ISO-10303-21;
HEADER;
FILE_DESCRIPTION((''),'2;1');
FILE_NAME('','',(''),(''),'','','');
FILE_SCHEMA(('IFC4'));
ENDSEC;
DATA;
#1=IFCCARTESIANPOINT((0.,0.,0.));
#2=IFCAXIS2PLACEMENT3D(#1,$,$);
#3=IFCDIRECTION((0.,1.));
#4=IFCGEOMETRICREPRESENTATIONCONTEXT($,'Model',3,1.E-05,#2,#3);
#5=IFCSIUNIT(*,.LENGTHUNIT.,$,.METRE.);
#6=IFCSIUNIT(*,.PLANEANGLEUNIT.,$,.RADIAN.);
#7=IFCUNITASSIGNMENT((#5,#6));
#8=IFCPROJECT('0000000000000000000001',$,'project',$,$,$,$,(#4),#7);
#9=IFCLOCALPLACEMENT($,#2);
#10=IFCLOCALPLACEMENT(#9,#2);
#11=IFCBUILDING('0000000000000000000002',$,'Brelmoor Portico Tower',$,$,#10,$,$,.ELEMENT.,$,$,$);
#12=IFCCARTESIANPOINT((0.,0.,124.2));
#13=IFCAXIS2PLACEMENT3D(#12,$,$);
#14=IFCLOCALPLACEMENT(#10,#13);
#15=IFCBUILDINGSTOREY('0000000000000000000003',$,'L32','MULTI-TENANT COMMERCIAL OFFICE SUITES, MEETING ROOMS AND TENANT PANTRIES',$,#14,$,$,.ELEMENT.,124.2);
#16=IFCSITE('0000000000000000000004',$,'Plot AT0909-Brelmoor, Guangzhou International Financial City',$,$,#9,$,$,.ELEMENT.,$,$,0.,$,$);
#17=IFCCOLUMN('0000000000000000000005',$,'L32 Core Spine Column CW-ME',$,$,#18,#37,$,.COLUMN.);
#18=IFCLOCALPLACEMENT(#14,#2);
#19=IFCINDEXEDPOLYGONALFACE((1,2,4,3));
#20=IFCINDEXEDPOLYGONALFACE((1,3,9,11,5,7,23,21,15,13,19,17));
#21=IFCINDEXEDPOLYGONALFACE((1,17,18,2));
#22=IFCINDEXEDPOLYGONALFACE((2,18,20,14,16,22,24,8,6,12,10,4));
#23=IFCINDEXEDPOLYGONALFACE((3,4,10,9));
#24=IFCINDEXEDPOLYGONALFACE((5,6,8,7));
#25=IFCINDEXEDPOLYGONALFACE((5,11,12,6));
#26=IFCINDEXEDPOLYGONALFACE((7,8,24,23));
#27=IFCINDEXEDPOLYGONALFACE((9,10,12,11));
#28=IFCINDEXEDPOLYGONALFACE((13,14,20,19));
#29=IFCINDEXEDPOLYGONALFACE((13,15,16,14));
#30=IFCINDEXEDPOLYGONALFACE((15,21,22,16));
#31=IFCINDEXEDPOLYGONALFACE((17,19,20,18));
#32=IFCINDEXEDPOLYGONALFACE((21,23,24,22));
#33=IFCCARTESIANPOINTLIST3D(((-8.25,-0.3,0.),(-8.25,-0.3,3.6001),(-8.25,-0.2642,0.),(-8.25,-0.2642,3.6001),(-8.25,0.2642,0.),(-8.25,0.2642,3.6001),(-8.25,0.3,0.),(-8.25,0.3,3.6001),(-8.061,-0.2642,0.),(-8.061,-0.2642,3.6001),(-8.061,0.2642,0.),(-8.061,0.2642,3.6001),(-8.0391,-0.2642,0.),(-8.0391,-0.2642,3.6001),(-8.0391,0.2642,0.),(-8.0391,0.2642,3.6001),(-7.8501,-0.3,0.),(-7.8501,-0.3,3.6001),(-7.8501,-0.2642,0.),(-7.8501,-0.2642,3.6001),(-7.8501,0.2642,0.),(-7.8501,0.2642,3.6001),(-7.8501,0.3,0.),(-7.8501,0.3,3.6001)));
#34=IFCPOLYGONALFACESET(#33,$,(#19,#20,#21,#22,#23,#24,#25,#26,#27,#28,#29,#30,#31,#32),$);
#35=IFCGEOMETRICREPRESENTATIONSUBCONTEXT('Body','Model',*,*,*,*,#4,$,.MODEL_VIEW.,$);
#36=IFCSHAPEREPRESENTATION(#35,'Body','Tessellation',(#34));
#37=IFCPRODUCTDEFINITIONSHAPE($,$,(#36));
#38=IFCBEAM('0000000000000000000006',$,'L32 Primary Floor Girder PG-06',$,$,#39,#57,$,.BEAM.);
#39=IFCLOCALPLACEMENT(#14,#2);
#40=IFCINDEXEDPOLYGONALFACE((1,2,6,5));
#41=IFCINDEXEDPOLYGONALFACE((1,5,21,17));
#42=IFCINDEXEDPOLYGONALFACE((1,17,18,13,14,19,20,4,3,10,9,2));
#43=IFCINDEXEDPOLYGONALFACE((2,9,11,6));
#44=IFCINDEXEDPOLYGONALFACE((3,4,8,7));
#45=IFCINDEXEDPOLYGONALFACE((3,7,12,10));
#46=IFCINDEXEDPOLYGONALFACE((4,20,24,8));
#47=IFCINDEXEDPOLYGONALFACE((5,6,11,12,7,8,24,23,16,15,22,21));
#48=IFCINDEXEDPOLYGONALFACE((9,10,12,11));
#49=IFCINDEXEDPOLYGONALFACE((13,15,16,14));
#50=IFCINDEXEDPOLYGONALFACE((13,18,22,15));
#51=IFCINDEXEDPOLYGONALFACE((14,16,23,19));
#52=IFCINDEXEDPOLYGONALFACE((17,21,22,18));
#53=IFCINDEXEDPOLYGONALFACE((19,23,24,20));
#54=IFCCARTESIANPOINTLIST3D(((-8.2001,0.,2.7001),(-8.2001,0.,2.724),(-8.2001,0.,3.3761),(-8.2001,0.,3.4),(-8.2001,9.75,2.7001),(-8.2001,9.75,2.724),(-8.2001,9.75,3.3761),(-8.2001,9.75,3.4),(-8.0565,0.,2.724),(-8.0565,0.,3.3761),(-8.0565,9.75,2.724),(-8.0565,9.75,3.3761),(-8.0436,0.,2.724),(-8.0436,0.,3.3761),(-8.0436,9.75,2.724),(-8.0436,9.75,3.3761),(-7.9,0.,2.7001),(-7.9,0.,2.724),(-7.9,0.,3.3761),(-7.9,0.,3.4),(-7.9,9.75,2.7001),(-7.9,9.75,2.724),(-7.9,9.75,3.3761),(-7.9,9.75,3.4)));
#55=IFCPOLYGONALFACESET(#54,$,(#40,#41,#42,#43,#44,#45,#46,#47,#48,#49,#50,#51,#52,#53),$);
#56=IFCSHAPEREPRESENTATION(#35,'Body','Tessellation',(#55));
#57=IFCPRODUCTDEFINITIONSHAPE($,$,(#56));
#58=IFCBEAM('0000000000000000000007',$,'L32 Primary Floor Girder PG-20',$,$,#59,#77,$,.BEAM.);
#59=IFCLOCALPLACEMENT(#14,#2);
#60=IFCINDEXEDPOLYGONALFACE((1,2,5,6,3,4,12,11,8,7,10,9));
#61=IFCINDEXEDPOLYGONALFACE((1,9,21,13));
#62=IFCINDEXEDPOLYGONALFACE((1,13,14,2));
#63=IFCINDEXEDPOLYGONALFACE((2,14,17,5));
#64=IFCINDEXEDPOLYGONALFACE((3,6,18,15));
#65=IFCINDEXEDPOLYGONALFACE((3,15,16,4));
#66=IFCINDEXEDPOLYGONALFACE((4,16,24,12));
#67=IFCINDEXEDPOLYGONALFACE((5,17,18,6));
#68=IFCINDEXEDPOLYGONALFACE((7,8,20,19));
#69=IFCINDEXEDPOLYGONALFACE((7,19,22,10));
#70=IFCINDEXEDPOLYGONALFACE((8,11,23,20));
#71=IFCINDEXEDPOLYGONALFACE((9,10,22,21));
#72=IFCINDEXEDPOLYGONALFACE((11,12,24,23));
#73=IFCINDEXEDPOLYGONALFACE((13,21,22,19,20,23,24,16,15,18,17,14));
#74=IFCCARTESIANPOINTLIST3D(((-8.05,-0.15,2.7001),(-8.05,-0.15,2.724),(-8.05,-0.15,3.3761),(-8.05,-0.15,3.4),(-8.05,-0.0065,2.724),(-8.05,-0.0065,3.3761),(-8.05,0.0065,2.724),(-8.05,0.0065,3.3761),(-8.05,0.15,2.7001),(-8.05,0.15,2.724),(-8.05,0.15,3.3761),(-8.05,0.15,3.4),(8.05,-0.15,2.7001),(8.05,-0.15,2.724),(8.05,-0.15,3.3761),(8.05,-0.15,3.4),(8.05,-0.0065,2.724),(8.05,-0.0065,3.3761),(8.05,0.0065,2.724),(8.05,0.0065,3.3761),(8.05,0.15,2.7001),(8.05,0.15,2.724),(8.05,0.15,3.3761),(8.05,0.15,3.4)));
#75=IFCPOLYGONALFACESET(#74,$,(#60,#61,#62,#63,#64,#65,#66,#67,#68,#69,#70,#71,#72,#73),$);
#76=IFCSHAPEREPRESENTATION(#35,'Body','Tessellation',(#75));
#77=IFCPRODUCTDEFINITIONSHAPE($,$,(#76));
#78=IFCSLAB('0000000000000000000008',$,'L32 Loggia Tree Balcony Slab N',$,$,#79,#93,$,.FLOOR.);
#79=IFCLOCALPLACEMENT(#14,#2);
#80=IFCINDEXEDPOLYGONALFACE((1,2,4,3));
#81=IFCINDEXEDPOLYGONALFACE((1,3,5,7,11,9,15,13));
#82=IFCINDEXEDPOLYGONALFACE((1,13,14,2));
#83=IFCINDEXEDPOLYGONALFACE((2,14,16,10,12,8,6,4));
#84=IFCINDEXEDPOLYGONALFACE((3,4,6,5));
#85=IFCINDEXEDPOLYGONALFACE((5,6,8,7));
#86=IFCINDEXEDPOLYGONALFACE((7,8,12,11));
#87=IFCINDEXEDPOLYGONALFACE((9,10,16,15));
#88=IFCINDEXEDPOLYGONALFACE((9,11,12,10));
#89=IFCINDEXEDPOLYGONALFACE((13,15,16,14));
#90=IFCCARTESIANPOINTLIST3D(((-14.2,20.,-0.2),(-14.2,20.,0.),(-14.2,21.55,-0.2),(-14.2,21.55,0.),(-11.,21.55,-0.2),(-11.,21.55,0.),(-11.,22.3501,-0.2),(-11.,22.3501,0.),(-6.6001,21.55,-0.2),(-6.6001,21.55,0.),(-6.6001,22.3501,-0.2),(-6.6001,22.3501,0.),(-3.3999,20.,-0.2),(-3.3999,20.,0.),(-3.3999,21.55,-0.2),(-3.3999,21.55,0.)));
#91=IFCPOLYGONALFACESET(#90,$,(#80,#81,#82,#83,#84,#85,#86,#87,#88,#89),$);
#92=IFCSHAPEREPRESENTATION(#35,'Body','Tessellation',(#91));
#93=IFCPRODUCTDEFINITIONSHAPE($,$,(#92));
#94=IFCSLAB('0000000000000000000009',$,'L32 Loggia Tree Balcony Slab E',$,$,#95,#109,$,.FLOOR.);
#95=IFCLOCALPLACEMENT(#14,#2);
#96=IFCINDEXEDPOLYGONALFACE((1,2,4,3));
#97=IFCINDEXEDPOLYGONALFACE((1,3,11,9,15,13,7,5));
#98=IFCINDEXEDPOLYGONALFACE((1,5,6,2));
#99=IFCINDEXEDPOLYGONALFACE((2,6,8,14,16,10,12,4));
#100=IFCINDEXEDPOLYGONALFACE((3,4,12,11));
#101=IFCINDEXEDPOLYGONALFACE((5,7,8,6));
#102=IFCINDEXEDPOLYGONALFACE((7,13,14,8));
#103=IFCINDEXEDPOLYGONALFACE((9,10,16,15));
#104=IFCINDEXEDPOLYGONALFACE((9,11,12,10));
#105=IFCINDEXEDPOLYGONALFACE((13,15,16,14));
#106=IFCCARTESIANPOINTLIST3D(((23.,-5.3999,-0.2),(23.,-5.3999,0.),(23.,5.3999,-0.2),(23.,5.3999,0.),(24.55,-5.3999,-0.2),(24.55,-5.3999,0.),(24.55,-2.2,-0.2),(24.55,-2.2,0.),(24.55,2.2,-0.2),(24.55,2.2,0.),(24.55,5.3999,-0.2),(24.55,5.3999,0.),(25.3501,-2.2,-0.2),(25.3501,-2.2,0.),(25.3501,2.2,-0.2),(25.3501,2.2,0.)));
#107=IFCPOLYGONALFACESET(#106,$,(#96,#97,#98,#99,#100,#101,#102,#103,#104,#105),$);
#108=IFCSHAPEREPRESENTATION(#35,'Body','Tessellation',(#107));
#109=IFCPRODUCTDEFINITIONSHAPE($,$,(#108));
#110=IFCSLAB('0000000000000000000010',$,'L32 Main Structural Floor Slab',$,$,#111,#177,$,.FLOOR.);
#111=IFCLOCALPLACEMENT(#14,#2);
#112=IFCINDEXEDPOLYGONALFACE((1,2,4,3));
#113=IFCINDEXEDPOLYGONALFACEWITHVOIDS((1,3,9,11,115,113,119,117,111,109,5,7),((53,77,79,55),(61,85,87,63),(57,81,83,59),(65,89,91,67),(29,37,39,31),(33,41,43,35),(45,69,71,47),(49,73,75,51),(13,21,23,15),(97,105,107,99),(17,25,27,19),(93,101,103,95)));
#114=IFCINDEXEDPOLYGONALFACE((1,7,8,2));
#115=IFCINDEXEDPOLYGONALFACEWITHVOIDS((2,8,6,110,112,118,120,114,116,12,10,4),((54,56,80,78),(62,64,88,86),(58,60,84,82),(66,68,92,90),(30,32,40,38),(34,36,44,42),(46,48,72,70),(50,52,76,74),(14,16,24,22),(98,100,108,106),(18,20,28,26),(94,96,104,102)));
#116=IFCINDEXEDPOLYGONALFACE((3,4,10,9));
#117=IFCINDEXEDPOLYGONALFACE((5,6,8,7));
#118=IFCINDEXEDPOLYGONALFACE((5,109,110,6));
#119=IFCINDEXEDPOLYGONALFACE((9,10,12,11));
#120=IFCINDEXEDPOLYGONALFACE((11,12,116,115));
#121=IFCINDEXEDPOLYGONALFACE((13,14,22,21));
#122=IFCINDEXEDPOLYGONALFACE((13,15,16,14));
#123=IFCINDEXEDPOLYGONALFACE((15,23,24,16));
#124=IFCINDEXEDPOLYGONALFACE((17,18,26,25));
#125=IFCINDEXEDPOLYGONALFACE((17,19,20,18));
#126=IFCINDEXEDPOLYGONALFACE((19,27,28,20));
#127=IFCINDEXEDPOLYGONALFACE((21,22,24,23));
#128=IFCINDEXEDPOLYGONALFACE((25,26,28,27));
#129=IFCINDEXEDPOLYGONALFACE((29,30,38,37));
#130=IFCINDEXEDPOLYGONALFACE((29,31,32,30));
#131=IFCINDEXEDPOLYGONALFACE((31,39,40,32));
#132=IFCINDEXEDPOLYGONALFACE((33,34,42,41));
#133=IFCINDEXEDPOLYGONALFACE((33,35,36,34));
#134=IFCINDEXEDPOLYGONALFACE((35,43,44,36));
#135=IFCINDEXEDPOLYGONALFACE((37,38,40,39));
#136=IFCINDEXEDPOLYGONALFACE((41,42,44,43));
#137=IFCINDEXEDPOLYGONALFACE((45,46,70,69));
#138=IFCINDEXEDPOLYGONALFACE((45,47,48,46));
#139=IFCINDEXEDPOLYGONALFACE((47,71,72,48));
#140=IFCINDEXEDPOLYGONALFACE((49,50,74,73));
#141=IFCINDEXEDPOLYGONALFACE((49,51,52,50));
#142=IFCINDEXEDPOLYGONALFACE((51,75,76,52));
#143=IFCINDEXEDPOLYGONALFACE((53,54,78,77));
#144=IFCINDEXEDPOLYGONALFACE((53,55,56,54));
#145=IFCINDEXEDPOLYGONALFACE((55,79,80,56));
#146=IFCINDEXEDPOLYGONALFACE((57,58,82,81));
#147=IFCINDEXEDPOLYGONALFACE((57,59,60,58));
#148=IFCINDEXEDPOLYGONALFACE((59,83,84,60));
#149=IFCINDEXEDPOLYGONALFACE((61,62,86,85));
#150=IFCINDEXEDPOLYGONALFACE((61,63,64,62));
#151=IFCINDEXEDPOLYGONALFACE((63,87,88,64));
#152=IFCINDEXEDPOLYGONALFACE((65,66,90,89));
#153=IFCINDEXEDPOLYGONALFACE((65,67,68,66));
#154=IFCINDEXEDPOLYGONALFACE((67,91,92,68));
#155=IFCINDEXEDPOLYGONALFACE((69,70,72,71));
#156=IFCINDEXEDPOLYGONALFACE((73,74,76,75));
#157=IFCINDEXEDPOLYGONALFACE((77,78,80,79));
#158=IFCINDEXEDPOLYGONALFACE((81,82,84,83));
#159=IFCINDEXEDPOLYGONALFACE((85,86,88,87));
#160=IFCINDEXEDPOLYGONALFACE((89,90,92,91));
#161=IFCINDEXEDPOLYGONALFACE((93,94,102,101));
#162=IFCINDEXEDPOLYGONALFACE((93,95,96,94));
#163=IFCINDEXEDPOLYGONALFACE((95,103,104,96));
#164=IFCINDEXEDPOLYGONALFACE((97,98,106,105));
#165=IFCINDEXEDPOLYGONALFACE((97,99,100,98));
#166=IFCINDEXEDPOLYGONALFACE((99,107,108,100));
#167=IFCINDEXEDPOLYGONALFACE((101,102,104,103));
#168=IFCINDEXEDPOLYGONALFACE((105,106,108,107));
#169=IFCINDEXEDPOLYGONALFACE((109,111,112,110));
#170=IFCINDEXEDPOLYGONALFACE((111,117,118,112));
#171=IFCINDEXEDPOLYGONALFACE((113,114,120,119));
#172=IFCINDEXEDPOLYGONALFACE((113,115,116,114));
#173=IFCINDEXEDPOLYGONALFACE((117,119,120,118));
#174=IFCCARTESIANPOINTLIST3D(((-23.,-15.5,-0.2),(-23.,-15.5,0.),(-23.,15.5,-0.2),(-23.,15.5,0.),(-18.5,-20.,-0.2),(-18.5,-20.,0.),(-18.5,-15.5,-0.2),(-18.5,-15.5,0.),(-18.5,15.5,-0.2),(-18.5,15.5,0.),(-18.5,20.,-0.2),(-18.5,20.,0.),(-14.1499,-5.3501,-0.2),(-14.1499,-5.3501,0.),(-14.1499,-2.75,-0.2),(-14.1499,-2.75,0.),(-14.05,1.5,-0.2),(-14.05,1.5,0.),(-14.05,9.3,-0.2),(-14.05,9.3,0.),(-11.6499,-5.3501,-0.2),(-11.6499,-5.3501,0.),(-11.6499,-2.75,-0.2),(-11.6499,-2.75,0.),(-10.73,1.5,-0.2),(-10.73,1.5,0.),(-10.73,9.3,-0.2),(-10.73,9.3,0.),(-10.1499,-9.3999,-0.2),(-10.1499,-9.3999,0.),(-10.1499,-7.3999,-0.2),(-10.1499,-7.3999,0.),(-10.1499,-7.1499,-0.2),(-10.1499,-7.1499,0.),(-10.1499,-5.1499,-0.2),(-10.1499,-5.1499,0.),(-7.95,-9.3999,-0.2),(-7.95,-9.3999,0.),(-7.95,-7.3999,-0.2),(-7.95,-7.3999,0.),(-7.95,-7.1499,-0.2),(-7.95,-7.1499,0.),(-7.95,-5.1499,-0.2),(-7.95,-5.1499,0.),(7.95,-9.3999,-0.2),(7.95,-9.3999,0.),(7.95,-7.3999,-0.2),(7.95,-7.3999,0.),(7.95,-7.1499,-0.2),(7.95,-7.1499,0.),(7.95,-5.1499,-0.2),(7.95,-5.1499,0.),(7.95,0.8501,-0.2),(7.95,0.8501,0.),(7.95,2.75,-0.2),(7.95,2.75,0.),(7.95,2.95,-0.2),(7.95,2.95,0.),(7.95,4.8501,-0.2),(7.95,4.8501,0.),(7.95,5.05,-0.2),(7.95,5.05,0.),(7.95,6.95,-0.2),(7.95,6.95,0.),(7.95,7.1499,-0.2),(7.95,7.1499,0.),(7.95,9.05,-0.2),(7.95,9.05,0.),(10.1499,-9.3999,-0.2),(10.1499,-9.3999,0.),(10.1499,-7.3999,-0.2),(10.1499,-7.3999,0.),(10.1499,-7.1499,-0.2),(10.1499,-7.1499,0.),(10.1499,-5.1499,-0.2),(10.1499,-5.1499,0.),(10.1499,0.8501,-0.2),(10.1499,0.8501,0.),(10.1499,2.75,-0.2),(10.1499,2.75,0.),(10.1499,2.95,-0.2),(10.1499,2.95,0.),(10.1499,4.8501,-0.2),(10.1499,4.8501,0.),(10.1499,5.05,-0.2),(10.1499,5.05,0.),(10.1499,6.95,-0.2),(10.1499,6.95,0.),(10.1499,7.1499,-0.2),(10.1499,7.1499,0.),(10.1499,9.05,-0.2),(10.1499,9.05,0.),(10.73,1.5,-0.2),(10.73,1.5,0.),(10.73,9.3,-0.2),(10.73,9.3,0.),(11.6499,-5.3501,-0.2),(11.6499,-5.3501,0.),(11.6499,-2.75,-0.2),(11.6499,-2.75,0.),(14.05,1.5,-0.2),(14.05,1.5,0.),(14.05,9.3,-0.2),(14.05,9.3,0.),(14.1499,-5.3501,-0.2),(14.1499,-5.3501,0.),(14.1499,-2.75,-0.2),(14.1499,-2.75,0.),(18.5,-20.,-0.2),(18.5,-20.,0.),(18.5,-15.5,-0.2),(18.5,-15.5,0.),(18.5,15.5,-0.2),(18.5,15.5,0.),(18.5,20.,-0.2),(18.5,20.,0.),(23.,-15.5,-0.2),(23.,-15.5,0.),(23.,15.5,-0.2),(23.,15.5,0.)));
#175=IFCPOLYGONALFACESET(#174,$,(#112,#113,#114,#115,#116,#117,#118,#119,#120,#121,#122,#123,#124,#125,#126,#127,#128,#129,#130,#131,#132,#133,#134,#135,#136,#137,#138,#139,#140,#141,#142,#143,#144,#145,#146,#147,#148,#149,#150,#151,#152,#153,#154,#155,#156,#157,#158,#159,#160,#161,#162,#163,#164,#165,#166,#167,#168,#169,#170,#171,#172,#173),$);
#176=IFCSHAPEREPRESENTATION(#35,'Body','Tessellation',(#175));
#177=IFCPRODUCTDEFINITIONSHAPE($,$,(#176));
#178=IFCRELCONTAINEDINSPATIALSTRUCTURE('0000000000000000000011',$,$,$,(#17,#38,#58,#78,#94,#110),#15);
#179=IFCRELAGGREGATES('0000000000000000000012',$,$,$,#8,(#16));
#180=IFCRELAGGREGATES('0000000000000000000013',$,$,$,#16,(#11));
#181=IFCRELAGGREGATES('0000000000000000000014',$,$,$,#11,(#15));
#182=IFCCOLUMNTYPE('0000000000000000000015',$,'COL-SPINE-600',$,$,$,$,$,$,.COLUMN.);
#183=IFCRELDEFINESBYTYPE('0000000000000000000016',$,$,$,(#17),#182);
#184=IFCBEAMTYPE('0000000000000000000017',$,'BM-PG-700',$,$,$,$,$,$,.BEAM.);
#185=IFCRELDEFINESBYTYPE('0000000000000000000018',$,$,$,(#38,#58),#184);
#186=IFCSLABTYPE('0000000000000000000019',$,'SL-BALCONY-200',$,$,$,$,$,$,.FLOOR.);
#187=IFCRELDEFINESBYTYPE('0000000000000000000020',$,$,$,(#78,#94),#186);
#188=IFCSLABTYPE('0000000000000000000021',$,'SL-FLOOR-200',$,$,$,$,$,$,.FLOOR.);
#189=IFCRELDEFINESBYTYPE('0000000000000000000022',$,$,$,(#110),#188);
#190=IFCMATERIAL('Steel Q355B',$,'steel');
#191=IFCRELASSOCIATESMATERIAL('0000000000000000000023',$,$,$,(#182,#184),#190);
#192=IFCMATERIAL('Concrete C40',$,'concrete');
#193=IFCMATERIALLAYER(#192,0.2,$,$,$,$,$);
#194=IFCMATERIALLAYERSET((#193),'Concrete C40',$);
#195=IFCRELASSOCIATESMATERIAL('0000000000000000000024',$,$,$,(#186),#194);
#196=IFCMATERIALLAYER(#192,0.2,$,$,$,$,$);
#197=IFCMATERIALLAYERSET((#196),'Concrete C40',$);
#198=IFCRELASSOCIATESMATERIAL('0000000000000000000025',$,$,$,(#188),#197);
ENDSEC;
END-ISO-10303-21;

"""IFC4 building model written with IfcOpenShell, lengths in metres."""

from ifc_helpers import new_model, si_unit, direction, frame, origin, origin_2d, place, context, subcontext, project, spatial, polyline, i_section, outline, extrude, material, layer, layer_set, material_profile, profile_set, type_object, element, save


model = new_model("IFC4")

# Units and contexts
model_context = context("Model", 3, precision=1e-05, world=origin(), true_north=direction((0.0, 1.0)))
body_context = subcontext(model_context, "Body", "Model", "MODEL_VIEW")
ifc_project = project(units=[si_unit("LENGTHUNIT", "METRE"), si_unit("PLANEANGLEUNIT", "RADIAN")], contexts=[model_context])

# Site, building, storey
site_placement = place(None, origin())
site = spatial("IfcSite", under=ifc_project, at=site_placement, Name="Plot AT0909-Brelmoor, Guangzhou International Financial City", CompositionType="ELEMENT", RefElevation=0.0)
building_placement = place(site_placement, origin())
building = spatial("IfcBuilding", under=site, at=building_placement, Name="Brelmoor Portico Tower", CompositionType="ELEMENT")
storey_placement = place(building_placement, frame((0.0, 0.0, 124.2)))
storey = spatial("IfcBuildingStorey", under=building, at=storey_placement, Name="L32", Description="MULTI-TENANT COMMERCIAL OFFICE SUITES, MEETING ROOMS AND TENANT PANTRIES", CompositionType="ELEMENT", Elevation=124.2)

# Column
ifc_material_1 = material(Name="Steel Q355B", Category="steel")
ifc_material_profile_1 = material_profile(ifc_material_1, i_section(OverallWidth=0.3999, OverallDepth=0.6001, WebThickness=0.022, FlangeThickness=0.0359, at=origin_2d()), Name="HW 600x400x22x36")
ifc_profile_set_1 = profile_set([ifc_material_profile_1], Name="Steel Q355B")
column_type = type_object("IfcColumnType", Name="COL-SPINE-600", PredefinedType="COLUMN", material=ifc_profile_set_1)
column_placement = place(storey_placement, frame((-8.05, 0.0, 0.0), z_axis=(0.0, 0.0, 1.0), x_axis=(1.0, 0.0, 0.0)))
element("IfcColumn", 1, at=column_placement, inside=storey, type_object=column_type, Name="L32 Core Spine Column CW-ME", PredefinedType="COLUMN", context=body_context, shape_type="SweptSolid", body=[
    extrude(i_section(OverallWidth=0.3999, OverallDepth=0.6001, WebThickness=0.022, FlangeThickness=0.0359, at=origin_2d()), origin(), (0.0, 0.0, 1.0), 3.6001),
])

# Beams
ifc_material_profile_2 = material_profile(ifc_material_1, i_section(OverallWidth=0.3, OverallDepth=0.7, WebThickness=0.0129, FlangeThickness=0.0239, at=origin_2d()), Name="HN 700x300x13x24")
ifc_profile_set_2 = profile_set([ifc_material_profile_2], Name="Steel Q355B")
beam_type = type_object("IfcBeamType", Name="BM-PG-700", PredefinedType="BEAM", material=ifc_profile_set_2)
beam_1_placement = place(storey_placement, frame((-8.05, 0.0, 3.05), z_axis=(0.0, 1.0, 0.0), x_axis=(-1.0, 0.0, 0.0)))
element("IfcBeam", 2, at=beam_1_placement, inside=storey, type_object=beam_type, Name="L32 Primary Floor Girder PG-06", PredefinedType="BEAM", context=body_context, shape_type="SweptSolid", body=[
    extrude(i_section(OverallWidth=0.3, OverallDepth=0.7, WebThickness=0.0129, FlangeThickness=0.0239, at=origin_2d()), origin(), (0.0, 0.0, 1.0), 9.75),
])
beam_2_placement = place(storey_placement, frame((-8.05, 0.0, 3.05), z_axis=(1.0, 0.0, 0.0), x_axis=(0.0, 1.0, 0.0)))
element("IfcBeam", 3, at=beam_2_placement, inside=storey, type_object=beam_type, Name="L32 Primary Floor Girder PG-20", PredefinedType="BEAM", context=body_context, shape_type="SweptSolid", body=[
    extrude(i_section(OverallWidth=0.3, OverallDepth=0.7, WebThickness=0.0129, FlangeThickness=0.0239, at=origin_2d()), origin(), (0.0, 0.0, 1.0), 16.1001),
])

# Slabs
ifc_material_2 = material(Name="Concrete C40", Category="concrete")
ifc_layer_1 = layer(ifc_material_2, 0.2)
ifc_layer_set_1 = layer_set([ifc_layer_1], Name="Concrete C40")
slab_type_1 = type_object("IfcSlabType", Name="SL-BALCONY-200", PredefinedType="FLOOR", material=ifc_layer_set_1)
slab_1_placement = place(storey_placement, frame((0.0, 0.0, -0.2)))
element("IfcSlab", 4, at=slab_1_placement, inside=storey, type_object=slab_type_1, Name="L32 Loggia Tree Balcony Slab N", PredefinedType="FLOOR", context=body_context, shape_type="SweptSolid", body=[
    extrude(outline(polyline([(-14.2, 20.0), (-3.3999, 20.0), (-3.3999, 21.55), (-6.6001, 21.55), (-6.6001, 22.3501), (-11.0, 22.3501), (-11.0, 21.55), (-14.2, 21.55), (-14.2, 20.0)])), origin(), (0.0, 0.0, 1.0), 0.2),
])
slab_2_placement = place(storey_placement, frame((0.0, 0.0, -0.2)))
element("IfcSlab", 5, at=slab_2_placement, inside=storey, type_object=slab_type_1, Name="L32 Loggia Tree Balcony Slab E", PredefinedType="FLOOR", context=body_context, shape_type="SweptSolid", body=[
    extrude(outline(polyline([(23.0, -5.3999), (24.55, -5.3999), (24.55, -2.2), (25.3501, -2.2), (25.3501, 2.2), (24.55, 2.2), (24.55, 5.3999), (23.0, 5.3999), (23.0, -5.3999)])), origin(), (0.0, 0.0, 1.0), 0.2),
])
ifc_layer_2 = layer(ifc_material_2, 0.2)
ifc_layer_set_2 = layer_set([ifc_layer_2], Name="Concrete C40")
slab_type_2 = type_object("IfcSlabType", Name="SL-FLOOR-200", PredefinedType="FLOOR", material=ifc_layer_set_2)
slab_3_placement = place(storey_placement, frame((0.0, 0.0, -0.2)))
element("IfcSlab", 6, at=slab_3_placement, inside=storey, type_object=slab_type_2, Name="L32 Main Structural Floor Slab", PredefinedType="FLOOR", context=body_context, shape_type="SweptSolid", body=[
    extrude(outline(polyline([(-18.5, -20.0), (18.5, -20.0), (18.5, -15.5), (23.0, -15.5), (23.0, 15.5), (18.5, 15.5), (18.5, 20.0), (-18.5, 20.0), (-18.5, 15.5), (-23.0, 15.5), (-23.0, -15.5), (-18.5, -15.5), (-18.5, -20.0)]), holes=[polyline([(-10.73, 1.5), (-10.73, 9.3), (-14.05, 9.3), (-14.05, 1.5), (-10.73, 1.5)]), polyline([(14.05, 1.5), (14.05, 9.3), (10.73, 9.3), (10.73, 1.5), (14.05, 1.5)]), polyline([(7.95, 0.8501), (10.1499, 0.8501), (10.1499, 2.75), (7.95, 2.75), (7.95, 0.8501)]), polyline([(7.95, 2.95), (10.1499, 2.95), (10.1499, 4.8501), (7.95, 4.8501), (7.95, 2.95)]), polyline([(7.95, 5.05), (10.1499, 5.05), (10.1499, 6.95), (7.95, 6.95), (7.95, 5.05)]), polyline([(7.95, 7.1499), (10.1499, 7.1499), (10.1499, 9.05), (7.95, 9.05), (7.95, 7.1499)]), polyline([(-10.1499, -9.3999), (-7.95, -9.3999), (-7.95, -7.3999), (-10.1499, -7.3999), (-10.1499, -9.3999)]), polyline([(-10.1499, -7.1499), (-7.95, -7.1499), (-7.95, -5.1499), (-10.1499, -5.1499), (-10.1499, -7.1499)]), polyline([(7.95, -9.3999), (10.1499, -9.3999), (10.1499, -7.3999), (7.95, -7.3999), (7.95, -9.3999)]), polyline([(7.95, -7.1499), (10.1499, -7.1499), (10.1499, -5.1499), (7.95, -5.1499), (7.95, -7.1499)]), polyline([(-14.1499, -5.3501), (-11.6499, -5.3501), (-11.6499, -2.75), (-14.1499, -2.75), (-14.1499, -5.3501)]), polyline([(11.6499, -5.3501), (14.1499, -5.3501), (14.1499, -2.75), (11.6499, -2.75), (11.6499, -5.3501)])]), origin(), (0.0, 0.0, 1.0), 0.2),
])

save(model, "model.ifc")
